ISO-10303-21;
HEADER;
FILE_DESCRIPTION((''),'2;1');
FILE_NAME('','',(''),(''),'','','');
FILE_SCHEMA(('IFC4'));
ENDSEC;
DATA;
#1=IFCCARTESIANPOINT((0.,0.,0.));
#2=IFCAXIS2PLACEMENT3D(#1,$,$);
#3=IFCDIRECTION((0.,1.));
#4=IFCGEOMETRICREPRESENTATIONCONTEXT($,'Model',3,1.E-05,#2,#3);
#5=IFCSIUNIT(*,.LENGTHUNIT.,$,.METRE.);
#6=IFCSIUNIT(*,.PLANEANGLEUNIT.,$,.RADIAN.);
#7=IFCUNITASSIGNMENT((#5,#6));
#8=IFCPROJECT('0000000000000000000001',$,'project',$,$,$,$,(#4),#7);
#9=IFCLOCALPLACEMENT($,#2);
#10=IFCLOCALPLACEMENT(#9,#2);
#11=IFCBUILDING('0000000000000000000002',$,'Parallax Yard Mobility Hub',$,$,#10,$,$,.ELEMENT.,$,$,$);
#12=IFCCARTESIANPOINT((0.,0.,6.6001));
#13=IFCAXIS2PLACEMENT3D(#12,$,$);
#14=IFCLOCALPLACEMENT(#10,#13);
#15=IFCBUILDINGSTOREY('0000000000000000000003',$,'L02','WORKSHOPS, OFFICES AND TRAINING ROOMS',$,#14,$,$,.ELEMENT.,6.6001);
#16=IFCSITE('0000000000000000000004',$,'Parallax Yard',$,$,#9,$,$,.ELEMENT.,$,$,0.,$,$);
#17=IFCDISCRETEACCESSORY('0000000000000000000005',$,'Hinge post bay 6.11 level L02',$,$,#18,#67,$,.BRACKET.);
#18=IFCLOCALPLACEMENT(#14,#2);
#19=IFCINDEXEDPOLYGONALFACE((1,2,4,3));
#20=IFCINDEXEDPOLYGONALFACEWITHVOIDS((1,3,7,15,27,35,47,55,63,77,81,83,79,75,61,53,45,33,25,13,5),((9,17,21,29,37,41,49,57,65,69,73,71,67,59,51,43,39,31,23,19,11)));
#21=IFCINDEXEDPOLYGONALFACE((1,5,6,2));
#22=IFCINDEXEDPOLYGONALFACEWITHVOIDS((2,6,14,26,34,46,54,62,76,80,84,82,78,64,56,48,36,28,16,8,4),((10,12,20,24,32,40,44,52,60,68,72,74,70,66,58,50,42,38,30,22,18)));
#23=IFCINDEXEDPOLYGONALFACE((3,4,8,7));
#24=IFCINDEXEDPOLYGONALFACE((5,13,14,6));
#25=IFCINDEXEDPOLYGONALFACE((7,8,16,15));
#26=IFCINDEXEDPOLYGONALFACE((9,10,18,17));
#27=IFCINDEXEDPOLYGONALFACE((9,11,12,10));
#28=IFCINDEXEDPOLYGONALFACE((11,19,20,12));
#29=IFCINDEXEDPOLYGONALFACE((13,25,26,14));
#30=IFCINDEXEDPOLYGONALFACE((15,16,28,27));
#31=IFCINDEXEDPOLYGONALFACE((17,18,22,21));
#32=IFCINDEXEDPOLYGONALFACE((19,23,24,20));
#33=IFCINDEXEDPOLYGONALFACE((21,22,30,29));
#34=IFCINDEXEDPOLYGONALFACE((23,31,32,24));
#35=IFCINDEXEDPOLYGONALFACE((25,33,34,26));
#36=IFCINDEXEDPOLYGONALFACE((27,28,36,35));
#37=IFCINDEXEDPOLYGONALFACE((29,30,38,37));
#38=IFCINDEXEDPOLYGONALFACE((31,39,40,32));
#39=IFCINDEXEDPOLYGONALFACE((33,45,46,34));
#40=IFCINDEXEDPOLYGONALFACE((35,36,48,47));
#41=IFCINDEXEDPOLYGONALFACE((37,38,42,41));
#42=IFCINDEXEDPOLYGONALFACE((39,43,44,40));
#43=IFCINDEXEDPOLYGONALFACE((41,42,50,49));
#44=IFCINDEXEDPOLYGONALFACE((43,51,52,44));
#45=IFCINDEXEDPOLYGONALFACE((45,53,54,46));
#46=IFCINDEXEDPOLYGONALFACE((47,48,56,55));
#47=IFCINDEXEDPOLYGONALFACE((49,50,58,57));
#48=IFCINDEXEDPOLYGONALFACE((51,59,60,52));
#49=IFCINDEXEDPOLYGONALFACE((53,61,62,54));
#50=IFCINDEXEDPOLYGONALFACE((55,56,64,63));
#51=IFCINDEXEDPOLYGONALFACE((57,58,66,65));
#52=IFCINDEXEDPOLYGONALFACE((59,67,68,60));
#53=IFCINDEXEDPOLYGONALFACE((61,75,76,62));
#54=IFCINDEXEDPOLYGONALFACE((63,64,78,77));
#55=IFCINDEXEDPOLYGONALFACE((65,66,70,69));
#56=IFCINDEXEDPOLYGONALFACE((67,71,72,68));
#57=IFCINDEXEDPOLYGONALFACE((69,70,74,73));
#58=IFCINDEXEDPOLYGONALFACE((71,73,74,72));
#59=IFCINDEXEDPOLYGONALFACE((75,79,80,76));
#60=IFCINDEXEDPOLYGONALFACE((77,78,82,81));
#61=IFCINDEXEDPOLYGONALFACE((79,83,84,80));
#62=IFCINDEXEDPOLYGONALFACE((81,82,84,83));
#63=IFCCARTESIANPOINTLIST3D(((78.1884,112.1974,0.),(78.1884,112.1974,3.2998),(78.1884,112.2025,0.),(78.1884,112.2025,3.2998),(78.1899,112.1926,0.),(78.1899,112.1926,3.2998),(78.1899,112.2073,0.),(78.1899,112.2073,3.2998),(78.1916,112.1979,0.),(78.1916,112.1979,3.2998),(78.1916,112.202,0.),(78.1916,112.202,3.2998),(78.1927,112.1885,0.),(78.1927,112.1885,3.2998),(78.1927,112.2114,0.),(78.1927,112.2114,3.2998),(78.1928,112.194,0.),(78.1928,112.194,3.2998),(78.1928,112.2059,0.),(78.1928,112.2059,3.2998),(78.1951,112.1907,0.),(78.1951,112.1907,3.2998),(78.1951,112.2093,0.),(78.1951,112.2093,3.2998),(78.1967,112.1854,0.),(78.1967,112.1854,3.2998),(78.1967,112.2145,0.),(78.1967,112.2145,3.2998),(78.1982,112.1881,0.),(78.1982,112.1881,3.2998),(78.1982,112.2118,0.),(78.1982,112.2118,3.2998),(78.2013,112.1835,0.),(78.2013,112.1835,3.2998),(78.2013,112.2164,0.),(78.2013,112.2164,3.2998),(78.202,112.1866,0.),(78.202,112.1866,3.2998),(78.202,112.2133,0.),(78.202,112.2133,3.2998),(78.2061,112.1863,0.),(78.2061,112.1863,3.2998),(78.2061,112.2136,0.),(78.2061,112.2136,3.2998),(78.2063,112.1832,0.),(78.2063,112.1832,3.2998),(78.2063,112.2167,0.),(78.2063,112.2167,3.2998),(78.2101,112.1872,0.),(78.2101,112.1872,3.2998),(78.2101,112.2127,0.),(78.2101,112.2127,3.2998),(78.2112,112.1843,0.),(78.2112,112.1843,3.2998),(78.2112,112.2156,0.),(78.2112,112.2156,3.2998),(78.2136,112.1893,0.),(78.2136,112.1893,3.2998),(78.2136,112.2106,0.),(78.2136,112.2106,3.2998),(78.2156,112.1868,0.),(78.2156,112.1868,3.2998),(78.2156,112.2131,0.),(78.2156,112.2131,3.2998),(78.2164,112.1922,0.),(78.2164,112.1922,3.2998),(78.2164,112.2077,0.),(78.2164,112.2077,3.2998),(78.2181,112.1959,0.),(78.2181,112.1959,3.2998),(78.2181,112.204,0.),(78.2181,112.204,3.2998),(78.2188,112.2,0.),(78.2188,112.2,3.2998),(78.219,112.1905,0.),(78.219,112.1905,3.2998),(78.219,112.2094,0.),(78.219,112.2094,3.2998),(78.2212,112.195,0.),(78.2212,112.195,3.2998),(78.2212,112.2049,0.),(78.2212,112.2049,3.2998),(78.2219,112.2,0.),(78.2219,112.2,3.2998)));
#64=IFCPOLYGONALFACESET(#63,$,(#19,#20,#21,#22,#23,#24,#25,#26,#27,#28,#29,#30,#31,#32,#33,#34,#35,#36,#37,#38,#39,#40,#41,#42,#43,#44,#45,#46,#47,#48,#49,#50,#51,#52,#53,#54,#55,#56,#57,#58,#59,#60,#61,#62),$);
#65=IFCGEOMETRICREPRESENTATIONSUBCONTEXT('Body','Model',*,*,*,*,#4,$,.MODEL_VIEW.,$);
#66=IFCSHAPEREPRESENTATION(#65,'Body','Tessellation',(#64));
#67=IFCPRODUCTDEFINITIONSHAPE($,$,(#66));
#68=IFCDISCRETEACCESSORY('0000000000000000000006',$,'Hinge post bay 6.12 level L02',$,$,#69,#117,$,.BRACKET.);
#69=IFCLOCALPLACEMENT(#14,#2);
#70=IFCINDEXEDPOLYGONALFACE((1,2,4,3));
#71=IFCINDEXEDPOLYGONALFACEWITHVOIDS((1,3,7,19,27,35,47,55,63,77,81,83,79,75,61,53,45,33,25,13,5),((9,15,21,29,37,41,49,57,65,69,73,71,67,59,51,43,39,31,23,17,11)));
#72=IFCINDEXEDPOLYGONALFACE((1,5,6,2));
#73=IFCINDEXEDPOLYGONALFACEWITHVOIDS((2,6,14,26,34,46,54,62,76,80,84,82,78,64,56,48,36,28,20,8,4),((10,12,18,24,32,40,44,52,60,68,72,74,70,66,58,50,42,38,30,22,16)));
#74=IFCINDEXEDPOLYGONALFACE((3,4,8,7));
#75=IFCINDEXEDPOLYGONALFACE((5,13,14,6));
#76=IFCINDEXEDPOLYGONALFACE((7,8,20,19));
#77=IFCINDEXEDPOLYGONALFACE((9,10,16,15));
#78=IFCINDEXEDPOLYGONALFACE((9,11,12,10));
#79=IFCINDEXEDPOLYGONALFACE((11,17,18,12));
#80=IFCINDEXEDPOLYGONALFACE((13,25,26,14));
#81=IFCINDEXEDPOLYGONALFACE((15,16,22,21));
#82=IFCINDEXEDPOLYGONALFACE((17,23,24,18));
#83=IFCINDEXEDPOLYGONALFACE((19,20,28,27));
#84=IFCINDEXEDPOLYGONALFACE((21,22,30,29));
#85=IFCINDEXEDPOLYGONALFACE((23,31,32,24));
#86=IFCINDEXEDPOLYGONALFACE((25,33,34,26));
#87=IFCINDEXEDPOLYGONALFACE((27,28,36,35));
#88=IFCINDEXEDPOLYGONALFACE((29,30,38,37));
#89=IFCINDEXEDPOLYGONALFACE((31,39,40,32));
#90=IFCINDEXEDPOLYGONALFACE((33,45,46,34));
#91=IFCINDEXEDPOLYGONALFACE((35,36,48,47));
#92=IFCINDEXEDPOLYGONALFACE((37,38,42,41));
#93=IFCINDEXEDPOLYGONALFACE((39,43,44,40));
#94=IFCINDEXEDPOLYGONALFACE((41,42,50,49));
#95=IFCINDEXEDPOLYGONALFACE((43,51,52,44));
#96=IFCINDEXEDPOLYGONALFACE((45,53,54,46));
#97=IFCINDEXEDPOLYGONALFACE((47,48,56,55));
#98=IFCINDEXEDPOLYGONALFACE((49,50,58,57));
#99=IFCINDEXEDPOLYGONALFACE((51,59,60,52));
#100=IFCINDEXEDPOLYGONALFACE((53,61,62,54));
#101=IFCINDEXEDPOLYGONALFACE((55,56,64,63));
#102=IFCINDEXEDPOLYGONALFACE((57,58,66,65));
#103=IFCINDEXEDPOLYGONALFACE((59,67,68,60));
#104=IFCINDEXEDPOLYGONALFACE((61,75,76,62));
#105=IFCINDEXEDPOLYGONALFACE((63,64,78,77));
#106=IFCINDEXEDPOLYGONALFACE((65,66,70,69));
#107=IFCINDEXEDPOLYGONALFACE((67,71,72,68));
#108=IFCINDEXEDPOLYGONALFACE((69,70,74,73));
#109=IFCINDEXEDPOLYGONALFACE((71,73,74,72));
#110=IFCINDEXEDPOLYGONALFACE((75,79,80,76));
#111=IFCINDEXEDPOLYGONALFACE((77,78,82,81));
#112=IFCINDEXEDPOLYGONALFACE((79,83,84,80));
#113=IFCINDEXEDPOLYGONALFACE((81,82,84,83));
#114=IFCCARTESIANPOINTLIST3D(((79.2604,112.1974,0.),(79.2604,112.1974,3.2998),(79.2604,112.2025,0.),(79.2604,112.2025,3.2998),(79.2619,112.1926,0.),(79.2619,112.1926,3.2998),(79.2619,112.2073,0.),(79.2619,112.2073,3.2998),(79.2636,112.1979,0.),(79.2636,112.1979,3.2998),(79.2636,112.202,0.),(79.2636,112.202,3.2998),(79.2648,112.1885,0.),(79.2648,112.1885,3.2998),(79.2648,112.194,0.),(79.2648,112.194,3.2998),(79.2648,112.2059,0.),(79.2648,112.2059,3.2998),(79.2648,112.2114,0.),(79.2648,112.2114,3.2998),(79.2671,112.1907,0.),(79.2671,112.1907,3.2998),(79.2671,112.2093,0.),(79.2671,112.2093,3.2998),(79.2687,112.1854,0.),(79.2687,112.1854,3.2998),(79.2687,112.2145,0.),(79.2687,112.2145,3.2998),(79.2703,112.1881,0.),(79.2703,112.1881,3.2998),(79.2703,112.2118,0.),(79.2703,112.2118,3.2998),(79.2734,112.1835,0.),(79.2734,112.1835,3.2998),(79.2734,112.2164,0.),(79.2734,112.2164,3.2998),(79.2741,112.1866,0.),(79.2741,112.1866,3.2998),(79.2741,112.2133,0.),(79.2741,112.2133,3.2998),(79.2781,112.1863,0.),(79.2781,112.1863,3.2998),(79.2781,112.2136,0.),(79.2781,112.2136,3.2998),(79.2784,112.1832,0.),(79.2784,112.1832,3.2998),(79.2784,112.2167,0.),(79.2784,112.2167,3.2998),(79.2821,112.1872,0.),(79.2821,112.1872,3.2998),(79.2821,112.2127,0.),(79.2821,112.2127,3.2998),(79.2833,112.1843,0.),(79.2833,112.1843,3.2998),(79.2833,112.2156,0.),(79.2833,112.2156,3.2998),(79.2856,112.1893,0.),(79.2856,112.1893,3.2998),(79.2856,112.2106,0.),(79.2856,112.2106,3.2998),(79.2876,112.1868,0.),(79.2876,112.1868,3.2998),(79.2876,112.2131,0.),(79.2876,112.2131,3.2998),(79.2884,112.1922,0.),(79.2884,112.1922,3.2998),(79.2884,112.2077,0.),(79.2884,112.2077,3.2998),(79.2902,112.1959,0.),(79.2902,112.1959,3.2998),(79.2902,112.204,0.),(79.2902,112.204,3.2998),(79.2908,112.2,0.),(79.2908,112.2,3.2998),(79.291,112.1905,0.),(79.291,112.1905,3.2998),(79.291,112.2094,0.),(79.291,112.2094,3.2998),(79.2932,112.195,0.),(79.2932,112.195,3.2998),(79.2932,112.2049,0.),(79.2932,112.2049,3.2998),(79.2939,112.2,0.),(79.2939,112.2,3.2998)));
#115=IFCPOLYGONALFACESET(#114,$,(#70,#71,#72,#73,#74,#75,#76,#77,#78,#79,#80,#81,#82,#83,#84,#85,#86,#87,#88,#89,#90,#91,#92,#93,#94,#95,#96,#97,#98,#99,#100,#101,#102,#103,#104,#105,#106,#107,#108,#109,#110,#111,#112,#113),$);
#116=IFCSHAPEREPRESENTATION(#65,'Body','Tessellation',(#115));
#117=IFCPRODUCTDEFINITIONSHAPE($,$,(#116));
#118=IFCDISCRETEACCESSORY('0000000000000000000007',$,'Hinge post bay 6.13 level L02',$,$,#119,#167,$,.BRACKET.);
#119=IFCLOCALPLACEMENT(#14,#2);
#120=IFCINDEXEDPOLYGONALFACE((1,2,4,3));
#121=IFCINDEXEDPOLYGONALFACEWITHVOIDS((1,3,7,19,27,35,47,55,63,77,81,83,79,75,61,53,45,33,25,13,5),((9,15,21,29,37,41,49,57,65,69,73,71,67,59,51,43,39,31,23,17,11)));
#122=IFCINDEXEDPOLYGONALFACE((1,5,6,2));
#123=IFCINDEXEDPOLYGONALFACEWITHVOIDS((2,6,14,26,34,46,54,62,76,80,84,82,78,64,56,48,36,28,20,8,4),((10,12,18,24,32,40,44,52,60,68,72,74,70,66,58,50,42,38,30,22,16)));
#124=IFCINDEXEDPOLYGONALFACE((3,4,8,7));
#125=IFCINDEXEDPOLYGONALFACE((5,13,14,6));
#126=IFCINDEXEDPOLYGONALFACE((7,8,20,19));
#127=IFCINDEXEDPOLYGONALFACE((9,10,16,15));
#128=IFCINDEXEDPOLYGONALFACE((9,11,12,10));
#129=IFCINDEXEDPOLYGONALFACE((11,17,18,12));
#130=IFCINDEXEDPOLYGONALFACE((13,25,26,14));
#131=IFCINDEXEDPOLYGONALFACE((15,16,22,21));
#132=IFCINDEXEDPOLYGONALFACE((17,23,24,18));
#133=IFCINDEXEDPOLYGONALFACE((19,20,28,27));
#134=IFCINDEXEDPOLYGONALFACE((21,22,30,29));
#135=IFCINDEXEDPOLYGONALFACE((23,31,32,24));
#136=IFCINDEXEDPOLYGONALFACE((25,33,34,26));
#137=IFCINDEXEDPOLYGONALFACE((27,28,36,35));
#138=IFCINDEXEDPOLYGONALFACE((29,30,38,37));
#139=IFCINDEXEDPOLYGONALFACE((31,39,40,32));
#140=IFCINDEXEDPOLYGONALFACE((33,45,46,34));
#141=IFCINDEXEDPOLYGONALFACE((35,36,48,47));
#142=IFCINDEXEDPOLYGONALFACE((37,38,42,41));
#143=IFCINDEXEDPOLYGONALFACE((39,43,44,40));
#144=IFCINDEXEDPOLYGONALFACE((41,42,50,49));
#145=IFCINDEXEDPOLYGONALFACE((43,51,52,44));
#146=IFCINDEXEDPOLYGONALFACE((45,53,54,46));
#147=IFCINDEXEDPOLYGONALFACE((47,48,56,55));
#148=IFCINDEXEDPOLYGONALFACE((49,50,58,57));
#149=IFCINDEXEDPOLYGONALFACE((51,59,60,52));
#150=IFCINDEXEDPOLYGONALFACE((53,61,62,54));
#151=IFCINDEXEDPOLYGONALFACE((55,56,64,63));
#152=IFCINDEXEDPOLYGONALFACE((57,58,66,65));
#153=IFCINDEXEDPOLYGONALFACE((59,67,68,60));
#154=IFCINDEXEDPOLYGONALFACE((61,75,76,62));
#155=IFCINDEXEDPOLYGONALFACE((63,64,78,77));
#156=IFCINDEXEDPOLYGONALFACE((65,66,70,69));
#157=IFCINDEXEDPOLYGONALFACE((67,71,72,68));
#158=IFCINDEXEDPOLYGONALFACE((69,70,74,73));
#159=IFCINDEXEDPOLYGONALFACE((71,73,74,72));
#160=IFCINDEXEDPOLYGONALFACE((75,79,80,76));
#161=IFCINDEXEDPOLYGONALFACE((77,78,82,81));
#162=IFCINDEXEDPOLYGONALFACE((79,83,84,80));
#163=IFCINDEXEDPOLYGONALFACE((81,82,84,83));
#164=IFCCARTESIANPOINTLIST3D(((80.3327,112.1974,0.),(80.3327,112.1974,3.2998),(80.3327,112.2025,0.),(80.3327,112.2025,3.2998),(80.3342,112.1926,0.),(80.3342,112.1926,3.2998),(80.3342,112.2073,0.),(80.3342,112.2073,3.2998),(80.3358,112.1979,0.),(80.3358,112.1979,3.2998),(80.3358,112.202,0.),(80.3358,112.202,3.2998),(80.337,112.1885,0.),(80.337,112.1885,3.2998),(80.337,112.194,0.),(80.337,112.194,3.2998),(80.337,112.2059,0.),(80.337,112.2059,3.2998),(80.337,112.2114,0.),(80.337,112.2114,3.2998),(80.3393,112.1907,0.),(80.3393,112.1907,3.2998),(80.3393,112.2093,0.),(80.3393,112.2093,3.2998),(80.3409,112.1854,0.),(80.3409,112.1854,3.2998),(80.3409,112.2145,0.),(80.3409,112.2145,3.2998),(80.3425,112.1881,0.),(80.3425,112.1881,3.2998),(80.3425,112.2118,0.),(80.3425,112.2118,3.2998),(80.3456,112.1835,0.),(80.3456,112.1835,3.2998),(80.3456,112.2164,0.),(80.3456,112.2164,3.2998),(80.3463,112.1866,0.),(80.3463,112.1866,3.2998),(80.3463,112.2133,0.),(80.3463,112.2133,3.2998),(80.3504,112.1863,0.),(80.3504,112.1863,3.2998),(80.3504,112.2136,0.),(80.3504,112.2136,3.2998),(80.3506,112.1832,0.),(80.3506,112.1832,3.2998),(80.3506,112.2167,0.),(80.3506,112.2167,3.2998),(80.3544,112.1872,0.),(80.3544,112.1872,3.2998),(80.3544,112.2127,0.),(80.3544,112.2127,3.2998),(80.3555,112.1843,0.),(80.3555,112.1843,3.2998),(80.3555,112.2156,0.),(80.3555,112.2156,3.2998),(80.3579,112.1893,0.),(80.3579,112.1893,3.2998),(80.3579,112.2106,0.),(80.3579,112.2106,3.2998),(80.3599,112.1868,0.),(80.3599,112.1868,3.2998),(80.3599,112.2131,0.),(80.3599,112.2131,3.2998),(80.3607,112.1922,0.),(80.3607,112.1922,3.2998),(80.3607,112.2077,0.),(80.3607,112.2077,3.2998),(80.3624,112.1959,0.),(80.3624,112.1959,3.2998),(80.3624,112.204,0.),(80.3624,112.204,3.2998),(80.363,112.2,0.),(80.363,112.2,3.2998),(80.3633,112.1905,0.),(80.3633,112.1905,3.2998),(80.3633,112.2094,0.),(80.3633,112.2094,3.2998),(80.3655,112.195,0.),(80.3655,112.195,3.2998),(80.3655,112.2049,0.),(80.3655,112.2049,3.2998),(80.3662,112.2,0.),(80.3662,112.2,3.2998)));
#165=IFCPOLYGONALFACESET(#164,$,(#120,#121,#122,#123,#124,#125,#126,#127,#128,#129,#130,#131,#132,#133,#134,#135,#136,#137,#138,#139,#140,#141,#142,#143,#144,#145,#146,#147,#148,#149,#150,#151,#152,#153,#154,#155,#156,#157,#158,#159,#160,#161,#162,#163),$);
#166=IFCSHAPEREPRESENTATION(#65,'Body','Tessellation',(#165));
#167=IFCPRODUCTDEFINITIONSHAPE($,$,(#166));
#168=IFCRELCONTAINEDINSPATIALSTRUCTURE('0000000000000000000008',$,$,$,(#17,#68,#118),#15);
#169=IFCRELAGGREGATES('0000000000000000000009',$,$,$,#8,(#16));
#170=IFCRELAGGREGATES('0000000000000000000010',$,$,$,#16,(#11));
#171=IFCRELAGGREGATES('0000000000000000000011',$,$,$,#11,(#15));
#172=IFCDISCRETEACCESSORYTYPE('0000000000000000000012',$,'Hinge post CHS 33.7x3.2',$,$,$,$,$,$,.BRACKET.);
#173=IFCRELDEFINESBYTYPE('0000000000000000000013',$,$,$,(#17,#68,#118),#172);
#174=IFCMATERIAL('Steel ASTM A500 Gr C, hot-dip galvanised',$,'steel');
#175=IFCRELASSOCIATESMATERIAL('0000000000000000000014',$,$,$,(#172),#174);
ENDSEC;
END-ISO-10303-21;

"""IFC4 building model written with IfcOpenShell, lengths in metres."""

from ifc_helpers import new_model, si_unit, direction, frame, origin, origin_2d, place, context, subcontext, project, spatial, hollow_circle, extrude, material, material_profile, profile_set, type_object, element, save


model = new_model("IFC4")

# Units and contexts
model_context = context("Model", 3, precision=1e-05, world=origin(), true_north=direction((0.0, 1.0)))
body_context = subcontext(model_context, "Body", "Model", "MODEL_VIEW")
ifc_project = project(units=[si_unit("LENGTHUNIT", "METRE"), si_unit("PLANEANGLEUNIT", "RADIAN")], contexts=[model_context])

# Site, building, storey
site_placement = place(None, origin())
site = spatial("IfcSite", under=ifc_project, at=site_placement, Name="Parallax Yard", CompositionType="ELEMENT", RefElevation=0.0)
building_placement = place(site_placement, origin())
building = spatial("IfcBuilding", under=site, at=building_placement, Name="Parallax Yard Mobility Hub", CompositionType="ELEMENT")
storey_placement = place(building_placement, frame((0.0, 0.0, 6.6001)))
storey = spatial("IfcBuildingStorey", under=building, at=storey_placement, Name="L02", Description="WORKSHOPS, OFFICES AND TRAINING ROOMS", CompositionType="ELEMENT", Elevation=6.6001)

# Discrete accessories
ifc_material_1 = material(Name="Steel ASTM A500 Gr C, hot-dip galvanised", Category="steel")
ifc_material_profile = material_profile(ifc_material_1, hollow_circle(Radius=0.0168, WallThickness=0.0032, at=origin_2d()), Name="CHS 33.7x3.2")
ifc_profile_set = profile_set([ifc_material_profile], Name="Steel ASTM A500 Gr C, hot-dip galvanised")
discrete_accessory_type_1 = type_object("IfcDiscreteAccessoryType", Name="Hinge post CHS 33.7x3.2", PredefinedType="BRACKET", material=ifc_profile_set)
for number, where, z_axis, x_axis, name in (
    (1, (78.2051, 112.2, 0.0), (0.0, 0.0, 1.0), (1.0, 0.0, 0.0), "Hinge post bay 6.11 level L02"),
    (2, (79.2771, 112.2, 0.0), (0.0, 0.0, 1.0), (1.0, 0.0, 0.0), "Hinge post bay 6.12 level L02"),
    (3, (80.3494, 112.2, 0.0), (0.0, 0.0, 1.0), (1.0, 0.0, 0.0), "Hinge post bay 6.13 level L02"),
):
    element("IfcDiscreteAccessory", number, at=place(storey_placement, frame(where, z_axis=z_axis, x_axis=x_axis)), inside=storey, type_object=discrete_accessory_type_1, Name=name, PredefinedType="BRACKET", context=body_context, shape_type="SweptSolid", body=[
        extrude(hollow_circle(Radius=0.0168, WallThickness=0.0032, at=origin_2d()), origin(), (0.0, 0.0, 1.0), 3.2998),
    ])

save(model, "model.ifc")
